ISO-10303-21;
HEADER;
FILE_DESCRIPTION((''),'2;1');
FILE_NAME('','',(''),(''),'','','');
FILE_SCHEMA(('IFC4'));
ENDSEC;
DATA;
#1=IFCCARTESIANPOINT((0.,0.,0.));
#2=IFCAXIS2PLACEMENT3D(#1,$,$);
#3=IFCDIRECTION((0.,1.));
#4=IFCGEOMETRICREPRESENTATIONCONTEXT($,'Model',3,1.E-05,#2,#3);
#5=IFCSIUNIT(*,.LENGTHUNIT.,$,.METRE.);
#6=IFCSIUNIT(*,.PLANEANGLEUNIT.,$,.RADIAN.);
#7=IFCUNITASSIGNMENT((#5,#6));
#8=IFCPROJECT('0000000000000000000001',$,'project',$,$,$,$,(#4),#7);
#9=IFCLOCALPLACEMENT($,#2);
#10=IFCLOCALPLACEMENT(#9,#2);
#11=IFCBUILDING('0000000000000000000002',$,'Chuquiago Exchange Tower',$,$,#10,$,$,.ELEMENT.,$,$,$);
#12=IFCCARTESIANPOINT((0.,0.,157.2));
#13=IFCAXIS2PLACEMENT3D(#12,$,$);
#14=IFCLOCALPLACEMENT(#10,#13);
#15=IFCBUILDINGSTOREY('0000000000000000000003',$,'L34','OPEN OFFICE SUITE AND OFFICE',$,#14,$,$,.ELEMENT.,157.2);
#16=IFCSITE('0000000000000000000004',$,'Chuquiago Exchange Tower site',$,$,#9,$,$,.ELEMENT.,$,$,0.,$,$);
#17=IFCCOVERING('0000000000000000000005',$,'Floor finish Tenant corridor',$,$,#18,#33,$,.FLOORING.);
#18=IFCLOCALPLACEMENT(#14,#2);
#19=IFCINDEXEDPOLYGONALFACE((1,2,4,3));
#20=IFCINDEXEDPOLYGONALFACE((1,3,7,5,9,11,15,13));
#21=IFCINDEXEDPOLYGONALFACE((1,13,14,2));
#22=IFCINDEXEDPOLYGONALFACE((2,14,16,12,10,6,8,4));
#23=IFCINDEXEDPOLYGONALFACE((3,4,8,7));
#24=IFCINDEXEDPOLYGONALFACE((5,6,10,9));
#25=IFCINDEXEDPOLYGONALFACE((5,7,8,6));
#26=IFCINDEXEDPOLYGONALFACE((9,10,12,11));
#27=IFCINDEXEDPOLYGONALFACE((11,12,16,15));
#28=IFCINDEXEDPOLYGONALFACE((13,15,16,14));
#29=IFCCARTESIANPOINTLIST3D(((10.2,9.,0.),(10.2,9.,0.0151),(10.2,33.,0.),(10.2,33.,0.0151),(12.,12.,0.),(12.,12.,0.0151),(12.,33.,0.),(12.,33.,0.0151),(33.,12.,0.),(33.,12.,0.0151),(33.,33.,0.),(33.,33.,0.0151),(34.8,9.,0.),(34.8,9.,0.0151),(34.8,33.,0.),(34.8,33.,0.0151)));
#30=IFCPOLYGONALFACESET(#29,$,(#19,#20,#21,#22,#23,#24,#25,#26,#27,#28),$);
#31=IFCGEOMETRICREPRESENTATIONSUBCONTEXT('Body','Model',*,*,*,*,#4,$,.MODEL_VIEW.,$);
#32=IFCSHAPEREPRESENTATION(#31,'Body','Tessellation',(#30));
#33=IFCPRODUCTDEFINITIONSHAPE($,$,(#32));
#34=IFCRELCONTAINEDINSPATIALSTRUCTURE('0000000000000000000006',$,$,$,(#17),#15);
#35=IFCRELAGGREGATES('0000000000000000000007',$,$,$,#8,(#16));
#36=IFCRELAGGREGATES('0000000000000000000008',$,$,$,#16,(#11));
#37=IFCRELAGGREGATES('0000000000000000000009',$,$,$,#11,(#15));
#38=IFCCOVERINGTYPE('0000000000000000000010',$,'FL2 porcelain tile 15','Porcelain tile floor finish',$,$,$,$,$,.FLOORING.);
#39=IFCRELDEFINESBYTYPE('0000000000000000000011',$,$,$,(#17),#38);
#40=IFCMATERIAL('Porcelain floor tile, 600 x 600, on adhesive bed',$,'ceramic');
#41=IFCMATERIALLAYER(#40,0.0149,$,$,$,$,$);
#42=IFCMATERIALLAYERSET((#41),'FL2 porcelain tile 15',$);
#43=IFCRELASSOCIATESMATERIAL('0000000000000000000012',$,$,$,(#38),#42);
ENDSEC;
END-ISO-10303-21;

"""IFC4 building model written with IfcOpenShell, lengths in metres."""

from ifc_helpers import new_model, si_unit, direction, frame, origin, place, context, subcontext, project, spatial, polyline, outline, extrude, material, layer, layer_set, type_object, element, save


model = new_model("IFC4")

# Units and contexts
model_context = context("Model", 3, precision=1e-05, world=origin(), true_north=direction((0.0, 1.0)))
body_context = subcontext(model_context, "Body", "Model", "MODEL_VIEW")
ifc_project = project(units=[si_unit("LENGTHUNIT", "METRE"), si_unit("PLANEANGLEUNIT", "RADIAN")], contexts=[model_context])

# Site, building, storey
site_placement = place(None, origin())
site = spatial("IfcSite", under=ifc_project, at=site_placement, Name="Chuquiago Exchange Tower site", CompositionType="ELEMENT", RefElevation=0.0)
building_placement = place(site_placement, origin())
building = spatial("IfcBuilding", under=site, at=building_placement, Name="Chuquiago Exchange Tower", CompositionType="ELEMENT")
storey_placement = place(building_placement, frame((0.0, 0.0, 157.2)))
storey = spatial("IfcBuildingStorey", under=building, at=storey_placement, Name="L34", Description="OPEN OFFICE SUITE AND OFFICE", CompositionType="ELEMENT", Elevation=157.2)

# Covering
ifc_material_1 = material(Name="Porcelain floor tile, 600 x 600, on adhesive bed", Category="ceramic")
ifc_layer_1 = layer(ifc_material_1, 0.0149)
ifc_layer_set_1 = layer_set([ifc_layer_1], Name="FL2 porcelain tile 15")
covering_type_1 = type_object("IfcCoveringType", Name="FL2 porcelain tile 15", Description="Porcelain tile floor finish", PredefinedType="FLOORING", material=ifc_layer_set_1)
covering_1_placement = place(storey_placement, origin())
element("IfcCovering", 1, at=covering_1_placement, inside=storey, type_object=covering_type_1, Name="Floor finish Tenant corridor", PredefinedType="FLOORING", context=body_context, shape_type="SweptSolid", body=[
    extrude(outline(polyline([(12.0, 12.0), (33.0, 12.0), (33.0, 33.0), (34.8, 33.0), (34.8, 9.0), (10.2, 9.0), (10.2, 33.0), (12.0, 33.0), (12.0, 12.0)])), origin(), (0.0, 0.0, 1.0), 0.0151),
])

save(model, "model.ifc")
